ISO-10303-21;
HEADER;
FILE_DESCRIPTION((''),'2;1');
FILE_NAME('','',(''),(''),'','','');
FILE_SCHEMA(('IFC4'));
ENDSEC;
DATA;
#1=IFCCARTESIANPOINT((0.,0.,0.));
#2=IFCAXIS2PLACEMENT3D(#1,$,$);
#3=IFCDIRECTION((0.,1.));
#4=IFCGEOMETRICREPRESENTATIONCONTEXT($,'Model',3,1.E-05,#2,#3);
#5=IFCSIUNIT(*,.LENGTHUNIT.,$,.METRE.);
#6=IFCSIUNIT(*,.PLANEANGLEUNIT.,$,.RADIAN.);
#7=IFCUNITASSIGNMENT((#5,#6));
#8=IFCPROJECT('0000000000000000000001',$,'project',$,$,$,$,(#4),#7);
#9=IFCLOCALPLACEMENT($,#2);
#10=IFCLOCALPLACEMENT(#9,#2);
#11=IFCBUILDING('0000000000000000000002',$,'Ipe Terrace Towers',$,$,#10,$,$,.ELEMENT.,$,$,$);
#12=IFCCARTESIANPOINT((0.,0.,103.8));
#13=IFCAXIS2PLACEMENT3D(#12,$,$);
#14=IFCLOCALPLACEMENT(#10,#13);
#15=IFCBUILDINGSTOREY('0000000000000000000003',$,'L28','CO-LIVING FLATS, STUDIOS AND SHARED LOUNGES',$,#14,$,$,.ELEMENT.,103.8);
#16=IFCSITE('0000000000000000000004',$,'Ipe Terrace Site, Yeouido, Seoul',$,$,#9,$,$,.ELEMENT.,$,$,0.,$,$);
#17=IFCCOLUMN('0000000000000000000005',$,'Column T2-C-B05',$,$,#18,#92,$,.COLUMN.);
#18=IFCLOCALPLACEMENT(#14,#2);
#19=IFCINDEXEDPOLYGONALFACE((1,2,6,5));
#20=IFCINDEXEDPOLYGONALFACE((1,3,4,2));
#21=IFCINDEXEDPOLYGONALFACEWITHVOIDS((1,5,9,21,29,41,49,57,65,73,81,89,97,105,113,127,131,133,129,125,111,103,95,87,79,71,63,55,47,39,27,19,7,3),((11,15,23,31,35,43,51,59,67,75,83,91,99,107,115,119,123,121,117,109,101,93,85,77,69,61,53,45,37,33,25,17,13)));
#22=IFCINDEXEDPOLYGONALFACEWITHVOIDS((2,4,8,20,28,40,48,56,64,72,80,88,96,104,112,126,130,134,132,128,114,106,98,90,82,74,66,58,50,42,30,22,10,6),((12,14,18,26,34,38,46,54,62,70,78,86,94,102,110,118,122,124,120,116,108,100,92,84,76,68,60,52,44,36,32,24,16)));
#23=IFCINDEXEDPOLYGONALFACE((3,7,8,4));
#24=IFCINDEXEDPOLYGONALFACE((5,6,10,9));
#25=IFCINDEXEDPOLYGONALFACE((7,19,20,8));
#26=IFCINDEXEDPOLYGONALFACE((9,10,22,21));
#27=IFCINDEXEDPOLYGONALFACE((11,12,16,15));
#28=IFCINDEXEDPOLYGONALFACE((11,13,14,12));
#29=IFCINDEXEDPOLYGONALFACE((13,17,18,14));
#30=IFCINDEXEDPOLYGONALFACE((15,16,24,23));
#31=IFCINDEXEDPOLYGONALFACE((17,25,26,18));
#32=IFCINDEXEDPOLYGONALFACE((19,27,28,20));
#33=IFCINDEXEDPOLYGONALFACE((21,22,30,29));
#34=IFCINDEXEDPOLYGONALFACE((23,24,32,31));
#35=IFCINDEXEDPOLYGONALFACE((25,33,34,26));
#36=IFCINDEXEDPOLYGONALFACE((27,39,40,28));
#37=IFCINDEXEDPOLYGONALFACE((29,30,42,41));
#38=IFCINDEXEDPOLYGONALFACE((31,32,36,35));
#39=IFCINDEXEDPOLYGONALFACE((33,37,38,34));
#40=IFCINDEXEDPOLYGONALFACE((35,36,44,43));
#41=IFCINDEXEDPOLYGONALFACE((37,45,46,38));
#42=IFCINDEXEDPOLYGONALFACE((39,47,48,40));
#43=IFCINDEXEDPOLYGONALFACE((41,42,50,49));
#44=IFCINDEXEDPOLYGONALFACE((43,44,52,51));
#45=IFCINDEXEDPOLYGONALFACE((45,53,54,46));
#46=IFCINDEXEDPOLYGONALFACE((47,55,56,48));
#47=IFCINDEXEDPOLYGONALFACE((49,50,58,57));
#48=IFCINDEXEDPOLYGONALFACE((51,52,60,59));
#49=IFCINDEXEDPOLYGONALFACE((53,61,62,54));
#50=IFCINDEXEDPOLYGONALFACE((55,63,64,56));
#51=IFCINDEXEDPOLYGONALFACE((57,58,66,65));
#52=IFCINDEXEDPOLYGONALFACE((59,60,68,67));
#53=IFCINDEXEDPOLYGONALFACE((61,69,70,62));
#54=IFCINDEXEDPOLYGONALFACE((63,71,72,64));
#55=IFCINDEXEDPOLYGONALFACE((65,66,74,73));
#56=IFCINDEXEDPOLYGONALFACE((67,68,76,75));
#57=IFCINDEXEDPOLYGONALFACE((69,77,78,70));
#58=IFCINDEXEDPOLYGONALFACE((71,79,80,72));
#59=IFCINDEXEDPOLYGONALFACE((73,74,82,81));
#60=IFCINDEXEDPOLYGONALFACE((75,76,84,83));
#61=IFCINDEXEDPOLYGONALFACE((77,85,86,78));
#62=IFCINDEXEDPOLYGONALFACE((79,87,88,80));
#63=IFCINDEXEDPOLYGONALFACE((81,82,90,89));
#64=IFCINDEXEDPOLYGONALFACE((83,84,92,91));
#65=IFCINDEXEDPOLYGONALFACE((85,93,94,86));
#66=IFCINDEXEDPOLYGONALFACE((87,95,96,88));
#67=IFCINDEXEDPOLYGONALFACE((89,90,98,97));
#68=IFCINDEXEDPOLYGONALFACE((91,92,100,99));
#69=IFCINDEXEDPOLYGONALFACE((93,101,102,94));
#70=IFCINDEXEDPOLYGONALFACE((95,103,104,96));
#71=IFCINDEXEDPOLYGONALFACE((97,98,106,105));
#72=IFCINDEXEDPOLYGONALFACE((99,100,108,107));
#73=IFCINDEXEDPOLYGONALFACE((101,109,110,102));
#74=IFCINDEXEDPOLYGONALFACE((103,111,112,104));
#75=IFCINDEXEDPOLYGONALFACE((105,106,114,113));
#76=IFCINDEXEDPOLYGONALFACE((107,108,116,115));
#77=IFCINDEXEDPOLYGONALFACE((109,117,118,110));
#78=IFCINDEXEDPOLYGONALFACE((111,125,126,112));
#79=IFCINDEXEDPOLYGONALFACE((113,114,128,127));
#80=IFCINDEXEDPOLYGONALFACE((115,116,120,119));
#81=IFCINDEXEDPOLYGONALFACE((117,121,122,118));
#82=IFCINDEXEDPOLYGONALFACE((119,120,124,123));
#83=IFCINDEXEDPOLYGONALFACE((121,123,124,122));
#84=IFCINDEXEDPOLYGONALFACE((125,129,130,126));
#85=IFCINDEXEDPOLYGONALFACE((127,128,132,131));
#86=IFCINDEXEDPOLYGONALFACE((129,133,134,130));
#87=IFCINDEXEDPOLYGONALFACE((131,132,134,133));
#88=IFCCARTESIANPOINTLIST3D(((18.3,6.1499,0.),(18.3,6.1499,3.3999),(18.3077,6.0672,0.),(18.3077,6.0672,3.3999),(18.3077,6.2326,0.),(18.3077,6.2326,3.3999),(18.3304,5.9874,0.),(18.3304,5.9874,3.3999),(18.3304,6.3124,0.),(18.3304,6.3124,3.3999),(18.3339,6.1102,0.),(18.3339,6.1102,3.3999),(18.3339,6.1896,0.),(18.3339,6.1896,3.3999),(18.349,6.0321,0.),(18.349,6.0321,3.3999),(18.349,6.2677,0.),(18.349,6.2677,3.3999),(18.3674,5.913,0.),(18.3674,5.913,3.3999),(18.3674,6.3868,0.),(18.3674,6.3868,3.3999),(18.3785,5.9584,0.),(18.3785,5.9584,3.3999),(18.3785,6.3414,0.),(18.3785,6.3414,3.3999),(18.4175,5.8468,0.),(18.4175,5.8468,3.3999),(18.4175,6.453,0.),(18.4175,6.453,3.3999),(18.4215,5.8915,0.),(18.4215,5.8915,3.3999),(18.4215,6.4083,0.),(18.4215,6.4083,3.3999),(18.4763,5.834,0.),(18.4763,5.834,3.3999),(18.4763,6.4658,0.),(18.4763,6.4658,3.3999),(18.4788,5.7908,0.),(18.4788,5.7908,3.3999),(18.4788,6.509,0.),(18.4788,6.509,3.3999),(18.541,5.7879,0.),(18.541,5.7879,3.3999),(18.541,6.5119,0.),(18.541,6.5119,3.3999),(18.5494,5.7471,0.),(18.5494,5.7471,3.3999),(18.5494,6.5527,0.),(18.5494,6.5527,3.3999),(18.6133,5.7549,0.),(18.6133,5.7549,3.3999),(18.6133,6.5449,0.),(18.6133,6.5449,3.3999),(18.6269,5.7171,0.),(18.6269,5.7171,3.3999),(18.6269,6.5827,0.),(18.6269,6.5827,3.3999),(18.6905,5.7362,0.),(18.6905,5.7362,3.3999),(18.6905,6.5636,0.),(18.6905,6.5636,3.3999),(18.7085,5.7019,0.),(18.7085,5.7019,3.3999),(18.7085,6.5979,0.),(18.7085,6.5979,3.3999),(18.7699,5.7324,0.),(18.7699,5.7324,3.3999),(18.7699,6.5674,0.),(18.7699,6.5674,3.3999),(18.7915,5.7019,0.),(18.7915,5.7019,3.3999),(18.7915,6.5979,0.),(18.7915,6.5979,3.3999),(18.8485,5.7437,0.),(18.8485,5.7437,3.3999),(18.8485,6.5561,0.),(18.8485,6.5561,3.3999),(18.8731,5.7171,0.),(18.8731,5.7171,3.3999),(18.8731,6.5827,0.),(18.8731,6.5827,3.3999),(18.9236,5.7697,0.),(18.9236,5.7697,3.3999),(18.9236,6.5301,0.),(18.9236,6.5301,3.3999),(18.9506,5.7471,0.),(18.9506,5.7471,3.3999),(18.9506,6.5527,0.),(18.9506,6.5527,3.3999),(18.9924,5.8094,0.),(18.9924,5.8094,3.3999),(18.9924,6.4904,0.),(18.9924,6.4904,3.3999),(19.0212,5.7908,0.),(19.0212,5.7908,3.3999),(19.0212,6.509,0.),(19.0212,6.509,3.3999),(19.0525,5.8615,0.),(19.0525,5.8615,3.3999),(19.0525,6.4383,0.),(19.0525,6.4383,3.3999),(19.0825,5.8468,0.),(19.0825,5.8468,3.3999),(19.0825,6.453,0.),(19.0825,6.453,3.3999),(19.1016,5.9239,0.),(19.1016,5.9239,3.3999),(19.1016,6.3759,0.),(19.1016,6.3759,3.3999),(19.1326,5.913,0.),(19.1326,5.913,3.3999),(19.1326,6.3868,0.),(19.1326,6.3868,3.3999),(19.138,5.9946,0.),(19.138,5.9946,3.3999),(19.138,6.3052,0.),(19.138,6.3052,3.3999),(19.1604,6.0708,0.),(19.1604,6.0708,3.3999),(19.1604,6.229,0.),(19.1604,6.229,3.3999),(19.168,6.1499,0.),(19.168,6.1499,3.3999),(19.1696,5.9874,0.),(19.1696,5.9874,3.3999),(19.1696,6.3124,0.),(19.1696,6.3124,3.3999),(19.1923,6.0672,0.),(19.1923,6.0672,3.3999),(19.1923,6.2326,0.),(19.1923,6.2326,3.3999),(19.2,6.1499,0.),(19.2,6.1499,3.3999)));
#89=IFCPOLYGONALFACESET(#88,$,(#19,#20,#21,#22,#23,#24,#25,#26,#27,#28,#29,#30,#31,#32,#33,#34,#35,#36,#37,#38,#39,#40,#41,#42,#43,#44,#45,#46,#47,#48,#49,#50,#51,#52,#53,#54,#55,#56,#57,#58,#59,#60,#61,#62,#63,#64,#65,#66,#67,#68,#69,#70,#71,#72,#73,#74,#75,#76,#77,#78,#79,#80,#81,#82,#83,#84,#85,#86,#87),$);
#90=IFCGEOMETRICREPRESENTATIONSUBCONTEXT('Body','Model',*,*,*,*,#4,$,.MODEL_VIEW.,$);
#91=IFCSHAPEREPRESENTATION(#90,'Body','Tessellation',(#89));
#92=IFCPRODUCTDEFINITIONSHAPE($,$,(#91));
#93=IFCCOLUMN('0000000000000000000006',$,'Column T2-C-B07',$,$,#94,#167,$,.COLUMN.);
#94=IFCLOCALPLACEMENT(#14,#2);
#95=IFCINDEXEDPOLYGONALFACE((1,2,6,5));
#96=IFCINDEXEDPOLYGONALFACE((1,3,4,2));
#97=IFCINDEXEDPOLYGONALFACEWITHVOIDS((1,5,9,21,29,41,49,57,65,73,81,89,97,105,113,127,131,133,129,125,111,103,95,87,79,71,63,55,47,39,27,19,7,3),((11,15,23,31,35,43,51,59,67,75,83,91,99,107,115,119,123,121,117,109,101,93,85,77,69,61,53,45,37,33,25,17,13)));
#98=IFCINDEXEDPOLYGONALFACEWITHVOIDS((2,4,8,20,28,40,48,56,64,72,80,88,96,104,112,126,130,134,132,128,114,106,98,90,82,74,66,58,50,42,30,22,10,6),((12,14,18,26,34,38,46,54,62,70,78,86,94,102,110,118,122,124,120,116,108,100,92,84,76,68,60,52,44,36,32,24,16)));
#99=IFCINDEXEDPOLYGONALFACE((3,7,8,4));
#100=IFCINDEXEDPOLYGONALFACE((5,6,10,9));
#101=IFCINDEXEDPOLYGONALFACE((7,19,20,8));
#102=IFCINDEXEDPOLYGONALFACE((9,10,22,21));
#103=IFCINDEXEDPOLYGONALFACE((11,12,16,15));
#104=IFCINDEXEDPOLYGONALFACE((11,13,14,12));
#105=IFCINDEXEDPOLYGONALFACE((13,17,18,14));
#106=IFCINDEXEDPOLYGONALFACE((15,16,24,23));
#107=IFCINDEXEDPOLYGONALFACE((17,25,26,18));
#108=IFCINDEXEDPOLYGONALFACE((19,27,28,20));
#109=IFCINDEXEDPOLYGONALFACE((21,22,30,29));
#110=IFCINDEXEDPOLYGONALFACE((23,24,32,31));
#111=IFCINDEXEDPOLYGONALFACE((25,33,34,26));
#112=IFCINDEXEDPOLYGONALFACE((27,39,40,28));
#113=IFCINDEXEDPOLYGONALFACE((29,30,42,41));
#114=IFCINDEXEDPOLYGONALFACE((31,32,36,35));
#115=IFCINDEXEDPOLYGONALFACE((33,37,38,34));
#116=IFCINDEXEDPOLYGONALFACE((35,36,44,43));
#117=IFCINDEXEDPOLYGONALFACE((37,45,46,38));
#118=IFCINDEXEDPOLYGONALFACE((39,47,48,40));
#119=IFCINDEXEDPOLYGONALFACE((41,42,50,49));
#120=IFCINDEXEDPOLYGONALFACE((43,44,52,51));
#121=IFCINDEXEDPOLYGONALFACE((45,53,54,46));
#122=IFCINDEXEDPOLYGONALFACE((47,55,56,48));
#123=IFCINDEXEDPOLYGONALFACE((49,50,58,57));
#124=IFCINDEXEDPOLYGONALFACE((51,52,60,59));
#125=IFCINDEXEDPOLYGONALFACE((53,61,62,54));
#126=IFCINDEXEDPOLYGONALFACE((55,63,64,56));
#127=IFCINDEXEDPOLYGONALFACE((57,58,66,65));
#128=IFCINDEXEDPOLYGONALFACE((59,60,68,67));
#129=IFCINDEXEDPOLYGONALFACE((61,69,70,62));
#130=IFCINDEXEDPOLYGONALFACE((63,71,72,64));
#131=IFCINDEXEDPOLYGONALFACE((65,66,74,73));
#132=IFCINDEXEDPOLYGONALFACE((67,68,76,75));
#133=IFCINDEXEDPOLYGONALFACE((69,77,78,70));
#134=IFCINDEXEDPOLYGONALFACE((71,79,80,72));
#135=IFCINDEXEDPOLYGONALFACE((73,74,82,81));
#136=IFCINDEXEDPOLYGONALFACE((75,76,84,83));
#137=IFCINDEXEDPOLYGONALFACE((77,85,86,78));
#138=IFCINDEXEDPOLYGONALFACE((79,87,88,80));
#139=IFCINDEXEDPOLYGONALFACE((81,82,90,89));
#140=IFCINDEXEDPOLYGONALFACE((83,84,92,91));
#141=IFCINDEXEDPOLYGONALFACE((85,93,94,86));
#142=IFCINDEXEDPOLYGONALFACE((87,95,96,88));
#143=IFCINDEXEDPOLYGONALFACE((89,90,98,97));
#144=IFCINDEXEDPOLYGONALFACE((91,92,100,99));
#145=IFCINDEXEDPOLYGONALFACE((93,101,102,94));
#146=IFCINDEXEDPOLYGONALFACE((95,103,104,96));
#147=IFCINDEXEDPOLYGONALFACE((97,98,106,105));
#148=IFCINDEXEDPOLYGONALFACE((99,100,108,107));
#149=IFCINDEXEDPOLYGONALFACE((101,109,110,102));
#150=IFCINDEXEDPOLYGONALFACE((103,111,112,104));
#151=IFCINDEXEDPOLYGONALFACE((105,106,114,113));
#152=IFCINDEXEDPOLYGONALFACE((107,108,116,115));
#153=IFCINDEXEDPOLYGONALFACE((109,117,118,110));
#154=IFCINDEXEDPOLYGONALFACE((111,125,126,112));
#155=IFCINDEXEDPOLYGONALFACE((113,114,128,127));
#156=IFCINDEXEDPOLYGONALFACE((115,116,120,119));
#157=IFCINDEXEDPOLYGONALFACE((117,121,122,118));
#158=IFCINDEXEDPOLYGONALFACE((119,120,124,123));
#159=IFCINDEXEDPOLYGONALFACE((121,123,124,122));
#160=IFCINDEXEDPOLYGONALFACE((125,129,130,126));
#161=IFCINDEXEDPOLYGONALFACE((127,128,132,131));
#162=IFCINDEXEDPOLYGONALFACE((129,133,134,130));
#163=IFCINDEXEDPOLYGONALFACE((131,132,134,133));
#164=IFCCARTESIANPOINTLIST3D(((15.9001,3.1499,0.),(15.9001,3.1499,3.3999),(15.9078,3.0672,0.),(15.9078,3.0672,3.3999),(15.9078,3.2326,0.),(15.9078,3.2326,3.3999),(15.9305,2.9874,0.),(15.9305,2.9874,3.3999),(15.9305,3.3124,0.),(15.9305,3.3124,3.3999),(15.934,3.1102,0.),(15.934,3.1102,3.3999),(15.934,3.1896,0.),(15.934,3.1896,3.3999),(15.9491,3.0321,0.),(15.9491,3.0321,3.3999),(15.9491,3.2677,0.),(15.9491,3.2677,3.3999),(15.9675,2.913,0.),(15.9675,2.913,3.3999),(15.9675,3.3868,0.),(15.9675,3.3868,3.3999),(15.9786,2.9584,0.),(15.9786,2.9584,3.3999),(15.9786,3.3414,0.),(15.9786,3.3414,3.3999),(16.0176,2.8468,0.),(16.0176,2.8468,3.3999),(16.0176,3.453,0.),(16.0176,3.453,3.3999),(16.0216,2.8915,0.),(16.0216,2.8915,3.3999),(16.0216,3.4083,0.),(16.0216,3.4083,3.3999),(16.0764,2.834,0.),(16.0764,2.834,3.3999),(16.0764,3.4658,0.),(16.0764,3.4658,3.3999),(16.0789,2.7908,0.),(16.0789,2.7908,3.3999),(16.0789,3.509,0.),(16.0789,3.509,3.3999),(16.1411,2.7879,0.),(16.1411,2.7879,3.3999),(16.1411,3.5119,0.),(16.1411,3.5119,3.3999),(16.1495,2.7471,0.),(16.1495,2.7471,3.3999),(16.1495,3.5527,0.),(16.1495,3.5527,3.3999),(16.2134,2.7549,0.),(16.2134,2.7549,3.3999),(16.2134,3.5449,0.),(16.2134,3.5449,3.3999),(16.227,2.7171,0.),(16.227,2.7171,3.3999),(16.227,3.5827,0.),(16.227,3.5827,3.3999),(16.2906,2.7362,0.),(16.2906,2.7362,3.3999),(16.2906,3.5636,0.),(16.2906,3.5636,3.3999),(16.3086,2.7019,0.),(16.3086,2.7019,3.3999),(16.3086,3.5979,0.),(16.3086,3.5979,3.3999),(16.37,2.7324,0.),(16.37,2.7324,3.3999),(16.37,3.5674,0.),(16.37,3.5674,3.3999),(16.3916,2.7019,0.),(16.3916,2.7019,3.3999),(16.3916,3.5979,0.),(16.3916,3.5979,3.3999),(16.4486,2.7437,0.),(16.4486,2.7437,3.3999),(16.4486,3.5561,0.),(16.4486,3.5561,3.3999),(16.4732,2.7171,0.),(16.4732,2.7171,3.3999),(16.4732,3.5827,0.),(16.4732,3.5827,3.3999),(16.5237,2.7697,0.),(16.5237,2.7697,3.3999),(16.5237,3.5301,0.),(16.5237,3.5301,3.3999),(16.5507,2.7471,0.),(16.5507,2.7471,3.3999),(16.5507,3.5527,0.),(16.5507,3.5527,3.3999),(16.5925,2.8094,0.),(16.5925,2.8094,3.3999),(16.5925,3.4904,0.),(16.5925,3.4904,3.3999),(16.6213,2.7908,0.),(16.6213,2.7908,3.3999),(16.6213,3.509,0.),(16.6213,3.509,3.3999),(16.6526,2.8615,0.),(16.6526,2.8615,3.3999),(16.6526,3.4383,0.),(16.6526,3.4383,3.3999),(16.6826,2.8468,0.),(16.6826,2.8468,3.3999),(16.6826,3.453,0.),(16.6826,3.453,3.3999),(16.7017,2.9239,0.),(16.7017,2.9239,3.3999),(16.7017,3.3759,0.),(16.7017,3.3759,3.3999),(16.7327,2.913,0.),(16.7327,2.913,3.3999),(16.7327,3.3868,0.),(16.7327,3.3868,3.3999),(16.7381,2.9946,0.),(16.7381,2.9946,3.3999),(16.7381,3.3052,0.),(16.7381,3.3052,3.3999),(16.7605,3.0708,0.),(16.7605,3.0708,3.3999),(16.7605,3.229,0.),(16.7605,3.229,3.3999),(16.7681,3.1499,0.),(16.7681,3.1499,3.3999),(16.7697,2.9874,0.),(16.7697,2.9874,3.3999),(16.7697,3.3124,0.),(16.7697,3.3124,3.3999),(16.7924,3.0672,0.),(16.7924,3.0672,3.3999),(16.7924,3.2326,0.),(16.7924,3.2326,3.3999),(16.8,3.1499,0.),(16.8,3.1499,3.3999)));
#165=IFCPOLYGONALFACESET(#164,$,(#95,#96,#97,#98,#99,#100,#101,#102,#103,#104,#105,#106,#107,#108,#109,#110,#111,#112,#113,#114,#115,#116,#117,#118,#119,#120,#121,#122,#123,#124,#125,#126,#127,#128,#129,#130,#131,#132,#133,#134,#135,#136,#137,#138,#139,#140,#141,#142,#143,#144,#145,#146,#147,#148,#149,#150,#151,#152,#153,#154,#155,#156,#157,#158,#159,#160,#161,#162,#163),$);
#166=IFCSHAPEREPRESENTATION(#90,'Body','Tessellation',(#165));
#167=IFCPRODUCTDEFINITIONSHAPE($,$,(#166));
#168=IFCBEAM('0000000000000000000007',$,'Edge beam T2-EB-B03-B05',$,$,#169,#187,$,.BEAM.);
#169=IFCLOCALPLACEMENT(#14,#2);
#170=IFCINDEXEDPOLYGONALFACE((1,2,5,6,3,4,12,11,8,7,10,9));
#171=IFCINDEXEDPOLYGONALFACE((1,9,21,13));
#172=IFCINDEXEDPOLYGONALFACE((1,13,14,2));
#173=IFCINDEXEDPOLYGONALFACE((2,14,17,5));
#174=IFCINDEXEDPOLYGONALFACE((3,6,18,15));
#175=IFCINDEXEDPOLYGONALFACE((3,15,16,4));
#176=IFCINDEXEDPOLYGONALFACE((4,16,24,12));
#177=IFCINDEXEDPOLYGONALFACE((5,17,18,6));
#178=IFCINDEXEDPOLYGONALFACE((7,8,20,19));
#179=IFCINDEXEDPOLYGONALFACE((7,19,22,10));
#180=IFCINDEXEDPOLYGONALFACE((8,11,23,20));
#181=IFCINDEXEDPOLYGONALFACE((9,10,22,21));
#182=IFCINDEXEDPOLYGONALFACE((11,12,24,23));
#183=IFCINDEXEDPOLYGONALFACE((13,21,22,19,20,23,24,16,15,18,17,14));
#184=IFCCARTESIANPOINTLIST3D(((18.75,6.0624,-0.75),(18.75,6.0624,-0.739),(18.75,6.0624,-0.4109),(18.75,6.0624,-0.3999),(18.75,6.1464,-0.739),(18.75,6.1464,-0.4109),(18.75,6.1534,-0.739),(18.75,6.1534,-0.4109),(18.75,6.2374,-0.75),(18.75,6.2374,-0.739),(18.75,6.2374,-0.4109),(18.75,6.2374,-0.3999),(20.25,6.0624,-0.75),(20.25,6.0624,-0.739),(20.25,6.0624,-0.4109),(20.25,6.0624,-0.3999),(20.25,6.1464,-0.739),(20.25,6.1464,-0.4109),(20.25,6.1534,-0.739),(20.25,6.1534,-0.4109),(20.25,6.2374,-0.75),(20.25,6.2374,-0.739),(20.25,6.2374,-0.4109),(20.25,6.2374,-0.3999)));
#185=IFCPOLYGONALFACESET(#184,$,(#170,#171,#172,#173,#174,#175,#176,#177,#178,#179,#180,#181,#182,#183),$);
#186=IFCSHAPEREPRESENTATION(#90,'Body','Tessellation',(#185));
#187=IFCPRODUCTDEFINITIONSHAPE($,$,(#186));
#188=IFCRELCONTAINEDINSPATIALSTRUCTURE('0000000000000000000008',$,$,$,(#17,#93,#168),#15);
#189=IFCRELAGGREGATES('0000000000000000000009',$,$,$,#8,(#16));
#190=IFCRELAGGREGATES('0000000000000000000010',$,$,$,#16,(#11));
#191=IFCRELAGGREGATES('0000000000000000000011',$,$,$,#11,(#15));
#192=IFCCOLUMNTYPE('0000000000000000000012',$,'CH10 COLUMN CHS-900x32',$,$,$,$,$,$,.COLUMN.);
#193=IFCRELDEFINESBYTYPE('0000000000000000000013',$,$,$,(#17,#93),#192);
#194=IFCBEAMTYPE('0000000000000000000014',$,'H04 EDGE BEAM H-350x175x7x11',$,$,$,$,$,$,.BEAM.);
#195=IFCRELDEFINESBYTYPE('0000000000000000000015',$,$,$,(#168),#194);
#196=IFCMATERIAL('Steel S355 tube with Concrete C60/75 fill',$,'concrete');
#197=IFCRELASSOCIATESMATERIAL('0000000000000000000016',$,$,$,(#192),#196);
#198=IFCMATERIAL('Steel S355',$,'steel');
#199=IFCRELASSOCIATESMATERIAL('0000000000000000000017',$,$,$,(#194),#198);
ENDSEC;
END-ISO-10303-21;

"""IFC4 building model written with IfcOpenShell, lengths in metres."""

from ifc_helpers import new_model, si_unit, direction, frame, origin, origin_2d, place, context, subcontext, project, spatial, hollow_circle, i_section, extrude, material, material_profile, profile_set, type_object, element, save


model = new_model("IFC4")

# Units and contexts
model_context = context("Model", 3, precision=1e-05, world=origin(), true_north=direction((0.0, 1.0)))
body_context = subcontext(model_context, "Body", "Model", "MODEL_VIEW")
ifc_project = project(units=[si_unit("LENGTHUNIT", "METRE"), si_unit("PLANEANGLEUNIT", "RADIAN")], contexts=[model_context])

# Site, building, storey
site_placement = place(None, origin())
site = spatial("IfcSite", under=ifc_project, at=site_placement, Name="Ipe Terrace Site, Yeouido, Seoul", CompositionType="ELEMENT", RefElevation=0.0)
building_placement = place(site_placement, origin())
building = spatial("IfcBuilding", under=site, at=building_placement, Name="Ipe Terrace Towers", CompositionType="ELEMENT")
storey_placement = place(building_placement, frame((0.0, 0.0, 103.8)))
storey = spatial("IfcBuildingStorey", under=building, at=storey_placement, Name="L28", Description="CO-LIVING FLATS, STUDIOS AND SHARED LOUNGES", CompositionType="ELEMENT", Elevation=103.8)

# Columns
ifc_material_1 = material(Name="Steel S355 tube with Concrete C60/75 fill", Category="concrete")
ifc_material_profile_1 = material_profile(ifc_material_1, hollow_circle(Radius=0.45, WallThickness=0.032, at=origin_2d()), Name="CHS-900x32")
ifc_profile_set_1 = profile_set([ifc_material_profile_1], Name="Steel S355 tube with Concrete C60/75 fill")
column_type_1 = type_object("IfcColumnType", Name="CH10 COLUMN CHS-900x32", PredefinedType="COLUMN", material=ifc_profile_set_1)
for number, where, z_axis, x_axis, name in (
    (1, (18.75, 6.1499, 0.0), (0.0, 0.0, 1.0), (1.0, 0.0, 0.0), "Column T2-C-B05"),
    (2, (16.3501, 3.1499, 0.0), (0.0, 0.0, 1.0), (1.0, 0.0, 0.0), "Column T2-C-B07"),
):
    element("IfcColumn", number, at=place(storey_placement, frame(where, z_axis=z_axis, x_axis=x_axis)), inside=storey, type_object=column_type_1, Name=name, PredefinedType="COLUMN", context=body_context, shape_type="SweptSolid", body=[
        extrude(hollow_circle(Radius=0.45, WallThickness=0.032, at=origin_2d()), origin(), (0.0, 0.0, 1.0), 3.3999),
    ])

# Beam
ifc_material_2 = material(Name="Steel S355", Category="steel")
ifc_material_profile_2 = material_profile(ifc_material_2, i_section(OverallWidth=0.175, OverallDepth=0.3501, WebThickness=0.0071, FlangeThickness=0.011, at=origin_2d()), Name="H-350x175x7x11")
ifc_profile_set_2 = profile_set([ifc_material_profile_2], Name="Steel S355")
beam_type_1 = type_object("IfcBeamType", Name="H04 EDGE BEAM H-350x175x7x11", PredefinedType="BEAM", material=ifc_profile_set_2)
beam_1_placement = place(storey_placement, frame((20.25, 6.1499, -0.575), z_axis=(-1.0, 0.0, 0.0), x_axis=(0.0, -1.0, 0.0)))
element("IfcBeam", 3, at=beam_1_placement, inside=storey, type_object=beam_type_1, Name="Edge beam T2-EB-B03-B05", PredefinedType="BEAM", context=body_context, shape_type="SweptSolid", body=[
    extrude(i_section(OverallWidth=0.175, OverallDepth=0.3501, WebThickness=0.0071, FlangeThickness=0.011, at=origin_2d()), origin(), (0.0, 0.0, 1.0), 1.5),
])

save(model, "model.ifc")
